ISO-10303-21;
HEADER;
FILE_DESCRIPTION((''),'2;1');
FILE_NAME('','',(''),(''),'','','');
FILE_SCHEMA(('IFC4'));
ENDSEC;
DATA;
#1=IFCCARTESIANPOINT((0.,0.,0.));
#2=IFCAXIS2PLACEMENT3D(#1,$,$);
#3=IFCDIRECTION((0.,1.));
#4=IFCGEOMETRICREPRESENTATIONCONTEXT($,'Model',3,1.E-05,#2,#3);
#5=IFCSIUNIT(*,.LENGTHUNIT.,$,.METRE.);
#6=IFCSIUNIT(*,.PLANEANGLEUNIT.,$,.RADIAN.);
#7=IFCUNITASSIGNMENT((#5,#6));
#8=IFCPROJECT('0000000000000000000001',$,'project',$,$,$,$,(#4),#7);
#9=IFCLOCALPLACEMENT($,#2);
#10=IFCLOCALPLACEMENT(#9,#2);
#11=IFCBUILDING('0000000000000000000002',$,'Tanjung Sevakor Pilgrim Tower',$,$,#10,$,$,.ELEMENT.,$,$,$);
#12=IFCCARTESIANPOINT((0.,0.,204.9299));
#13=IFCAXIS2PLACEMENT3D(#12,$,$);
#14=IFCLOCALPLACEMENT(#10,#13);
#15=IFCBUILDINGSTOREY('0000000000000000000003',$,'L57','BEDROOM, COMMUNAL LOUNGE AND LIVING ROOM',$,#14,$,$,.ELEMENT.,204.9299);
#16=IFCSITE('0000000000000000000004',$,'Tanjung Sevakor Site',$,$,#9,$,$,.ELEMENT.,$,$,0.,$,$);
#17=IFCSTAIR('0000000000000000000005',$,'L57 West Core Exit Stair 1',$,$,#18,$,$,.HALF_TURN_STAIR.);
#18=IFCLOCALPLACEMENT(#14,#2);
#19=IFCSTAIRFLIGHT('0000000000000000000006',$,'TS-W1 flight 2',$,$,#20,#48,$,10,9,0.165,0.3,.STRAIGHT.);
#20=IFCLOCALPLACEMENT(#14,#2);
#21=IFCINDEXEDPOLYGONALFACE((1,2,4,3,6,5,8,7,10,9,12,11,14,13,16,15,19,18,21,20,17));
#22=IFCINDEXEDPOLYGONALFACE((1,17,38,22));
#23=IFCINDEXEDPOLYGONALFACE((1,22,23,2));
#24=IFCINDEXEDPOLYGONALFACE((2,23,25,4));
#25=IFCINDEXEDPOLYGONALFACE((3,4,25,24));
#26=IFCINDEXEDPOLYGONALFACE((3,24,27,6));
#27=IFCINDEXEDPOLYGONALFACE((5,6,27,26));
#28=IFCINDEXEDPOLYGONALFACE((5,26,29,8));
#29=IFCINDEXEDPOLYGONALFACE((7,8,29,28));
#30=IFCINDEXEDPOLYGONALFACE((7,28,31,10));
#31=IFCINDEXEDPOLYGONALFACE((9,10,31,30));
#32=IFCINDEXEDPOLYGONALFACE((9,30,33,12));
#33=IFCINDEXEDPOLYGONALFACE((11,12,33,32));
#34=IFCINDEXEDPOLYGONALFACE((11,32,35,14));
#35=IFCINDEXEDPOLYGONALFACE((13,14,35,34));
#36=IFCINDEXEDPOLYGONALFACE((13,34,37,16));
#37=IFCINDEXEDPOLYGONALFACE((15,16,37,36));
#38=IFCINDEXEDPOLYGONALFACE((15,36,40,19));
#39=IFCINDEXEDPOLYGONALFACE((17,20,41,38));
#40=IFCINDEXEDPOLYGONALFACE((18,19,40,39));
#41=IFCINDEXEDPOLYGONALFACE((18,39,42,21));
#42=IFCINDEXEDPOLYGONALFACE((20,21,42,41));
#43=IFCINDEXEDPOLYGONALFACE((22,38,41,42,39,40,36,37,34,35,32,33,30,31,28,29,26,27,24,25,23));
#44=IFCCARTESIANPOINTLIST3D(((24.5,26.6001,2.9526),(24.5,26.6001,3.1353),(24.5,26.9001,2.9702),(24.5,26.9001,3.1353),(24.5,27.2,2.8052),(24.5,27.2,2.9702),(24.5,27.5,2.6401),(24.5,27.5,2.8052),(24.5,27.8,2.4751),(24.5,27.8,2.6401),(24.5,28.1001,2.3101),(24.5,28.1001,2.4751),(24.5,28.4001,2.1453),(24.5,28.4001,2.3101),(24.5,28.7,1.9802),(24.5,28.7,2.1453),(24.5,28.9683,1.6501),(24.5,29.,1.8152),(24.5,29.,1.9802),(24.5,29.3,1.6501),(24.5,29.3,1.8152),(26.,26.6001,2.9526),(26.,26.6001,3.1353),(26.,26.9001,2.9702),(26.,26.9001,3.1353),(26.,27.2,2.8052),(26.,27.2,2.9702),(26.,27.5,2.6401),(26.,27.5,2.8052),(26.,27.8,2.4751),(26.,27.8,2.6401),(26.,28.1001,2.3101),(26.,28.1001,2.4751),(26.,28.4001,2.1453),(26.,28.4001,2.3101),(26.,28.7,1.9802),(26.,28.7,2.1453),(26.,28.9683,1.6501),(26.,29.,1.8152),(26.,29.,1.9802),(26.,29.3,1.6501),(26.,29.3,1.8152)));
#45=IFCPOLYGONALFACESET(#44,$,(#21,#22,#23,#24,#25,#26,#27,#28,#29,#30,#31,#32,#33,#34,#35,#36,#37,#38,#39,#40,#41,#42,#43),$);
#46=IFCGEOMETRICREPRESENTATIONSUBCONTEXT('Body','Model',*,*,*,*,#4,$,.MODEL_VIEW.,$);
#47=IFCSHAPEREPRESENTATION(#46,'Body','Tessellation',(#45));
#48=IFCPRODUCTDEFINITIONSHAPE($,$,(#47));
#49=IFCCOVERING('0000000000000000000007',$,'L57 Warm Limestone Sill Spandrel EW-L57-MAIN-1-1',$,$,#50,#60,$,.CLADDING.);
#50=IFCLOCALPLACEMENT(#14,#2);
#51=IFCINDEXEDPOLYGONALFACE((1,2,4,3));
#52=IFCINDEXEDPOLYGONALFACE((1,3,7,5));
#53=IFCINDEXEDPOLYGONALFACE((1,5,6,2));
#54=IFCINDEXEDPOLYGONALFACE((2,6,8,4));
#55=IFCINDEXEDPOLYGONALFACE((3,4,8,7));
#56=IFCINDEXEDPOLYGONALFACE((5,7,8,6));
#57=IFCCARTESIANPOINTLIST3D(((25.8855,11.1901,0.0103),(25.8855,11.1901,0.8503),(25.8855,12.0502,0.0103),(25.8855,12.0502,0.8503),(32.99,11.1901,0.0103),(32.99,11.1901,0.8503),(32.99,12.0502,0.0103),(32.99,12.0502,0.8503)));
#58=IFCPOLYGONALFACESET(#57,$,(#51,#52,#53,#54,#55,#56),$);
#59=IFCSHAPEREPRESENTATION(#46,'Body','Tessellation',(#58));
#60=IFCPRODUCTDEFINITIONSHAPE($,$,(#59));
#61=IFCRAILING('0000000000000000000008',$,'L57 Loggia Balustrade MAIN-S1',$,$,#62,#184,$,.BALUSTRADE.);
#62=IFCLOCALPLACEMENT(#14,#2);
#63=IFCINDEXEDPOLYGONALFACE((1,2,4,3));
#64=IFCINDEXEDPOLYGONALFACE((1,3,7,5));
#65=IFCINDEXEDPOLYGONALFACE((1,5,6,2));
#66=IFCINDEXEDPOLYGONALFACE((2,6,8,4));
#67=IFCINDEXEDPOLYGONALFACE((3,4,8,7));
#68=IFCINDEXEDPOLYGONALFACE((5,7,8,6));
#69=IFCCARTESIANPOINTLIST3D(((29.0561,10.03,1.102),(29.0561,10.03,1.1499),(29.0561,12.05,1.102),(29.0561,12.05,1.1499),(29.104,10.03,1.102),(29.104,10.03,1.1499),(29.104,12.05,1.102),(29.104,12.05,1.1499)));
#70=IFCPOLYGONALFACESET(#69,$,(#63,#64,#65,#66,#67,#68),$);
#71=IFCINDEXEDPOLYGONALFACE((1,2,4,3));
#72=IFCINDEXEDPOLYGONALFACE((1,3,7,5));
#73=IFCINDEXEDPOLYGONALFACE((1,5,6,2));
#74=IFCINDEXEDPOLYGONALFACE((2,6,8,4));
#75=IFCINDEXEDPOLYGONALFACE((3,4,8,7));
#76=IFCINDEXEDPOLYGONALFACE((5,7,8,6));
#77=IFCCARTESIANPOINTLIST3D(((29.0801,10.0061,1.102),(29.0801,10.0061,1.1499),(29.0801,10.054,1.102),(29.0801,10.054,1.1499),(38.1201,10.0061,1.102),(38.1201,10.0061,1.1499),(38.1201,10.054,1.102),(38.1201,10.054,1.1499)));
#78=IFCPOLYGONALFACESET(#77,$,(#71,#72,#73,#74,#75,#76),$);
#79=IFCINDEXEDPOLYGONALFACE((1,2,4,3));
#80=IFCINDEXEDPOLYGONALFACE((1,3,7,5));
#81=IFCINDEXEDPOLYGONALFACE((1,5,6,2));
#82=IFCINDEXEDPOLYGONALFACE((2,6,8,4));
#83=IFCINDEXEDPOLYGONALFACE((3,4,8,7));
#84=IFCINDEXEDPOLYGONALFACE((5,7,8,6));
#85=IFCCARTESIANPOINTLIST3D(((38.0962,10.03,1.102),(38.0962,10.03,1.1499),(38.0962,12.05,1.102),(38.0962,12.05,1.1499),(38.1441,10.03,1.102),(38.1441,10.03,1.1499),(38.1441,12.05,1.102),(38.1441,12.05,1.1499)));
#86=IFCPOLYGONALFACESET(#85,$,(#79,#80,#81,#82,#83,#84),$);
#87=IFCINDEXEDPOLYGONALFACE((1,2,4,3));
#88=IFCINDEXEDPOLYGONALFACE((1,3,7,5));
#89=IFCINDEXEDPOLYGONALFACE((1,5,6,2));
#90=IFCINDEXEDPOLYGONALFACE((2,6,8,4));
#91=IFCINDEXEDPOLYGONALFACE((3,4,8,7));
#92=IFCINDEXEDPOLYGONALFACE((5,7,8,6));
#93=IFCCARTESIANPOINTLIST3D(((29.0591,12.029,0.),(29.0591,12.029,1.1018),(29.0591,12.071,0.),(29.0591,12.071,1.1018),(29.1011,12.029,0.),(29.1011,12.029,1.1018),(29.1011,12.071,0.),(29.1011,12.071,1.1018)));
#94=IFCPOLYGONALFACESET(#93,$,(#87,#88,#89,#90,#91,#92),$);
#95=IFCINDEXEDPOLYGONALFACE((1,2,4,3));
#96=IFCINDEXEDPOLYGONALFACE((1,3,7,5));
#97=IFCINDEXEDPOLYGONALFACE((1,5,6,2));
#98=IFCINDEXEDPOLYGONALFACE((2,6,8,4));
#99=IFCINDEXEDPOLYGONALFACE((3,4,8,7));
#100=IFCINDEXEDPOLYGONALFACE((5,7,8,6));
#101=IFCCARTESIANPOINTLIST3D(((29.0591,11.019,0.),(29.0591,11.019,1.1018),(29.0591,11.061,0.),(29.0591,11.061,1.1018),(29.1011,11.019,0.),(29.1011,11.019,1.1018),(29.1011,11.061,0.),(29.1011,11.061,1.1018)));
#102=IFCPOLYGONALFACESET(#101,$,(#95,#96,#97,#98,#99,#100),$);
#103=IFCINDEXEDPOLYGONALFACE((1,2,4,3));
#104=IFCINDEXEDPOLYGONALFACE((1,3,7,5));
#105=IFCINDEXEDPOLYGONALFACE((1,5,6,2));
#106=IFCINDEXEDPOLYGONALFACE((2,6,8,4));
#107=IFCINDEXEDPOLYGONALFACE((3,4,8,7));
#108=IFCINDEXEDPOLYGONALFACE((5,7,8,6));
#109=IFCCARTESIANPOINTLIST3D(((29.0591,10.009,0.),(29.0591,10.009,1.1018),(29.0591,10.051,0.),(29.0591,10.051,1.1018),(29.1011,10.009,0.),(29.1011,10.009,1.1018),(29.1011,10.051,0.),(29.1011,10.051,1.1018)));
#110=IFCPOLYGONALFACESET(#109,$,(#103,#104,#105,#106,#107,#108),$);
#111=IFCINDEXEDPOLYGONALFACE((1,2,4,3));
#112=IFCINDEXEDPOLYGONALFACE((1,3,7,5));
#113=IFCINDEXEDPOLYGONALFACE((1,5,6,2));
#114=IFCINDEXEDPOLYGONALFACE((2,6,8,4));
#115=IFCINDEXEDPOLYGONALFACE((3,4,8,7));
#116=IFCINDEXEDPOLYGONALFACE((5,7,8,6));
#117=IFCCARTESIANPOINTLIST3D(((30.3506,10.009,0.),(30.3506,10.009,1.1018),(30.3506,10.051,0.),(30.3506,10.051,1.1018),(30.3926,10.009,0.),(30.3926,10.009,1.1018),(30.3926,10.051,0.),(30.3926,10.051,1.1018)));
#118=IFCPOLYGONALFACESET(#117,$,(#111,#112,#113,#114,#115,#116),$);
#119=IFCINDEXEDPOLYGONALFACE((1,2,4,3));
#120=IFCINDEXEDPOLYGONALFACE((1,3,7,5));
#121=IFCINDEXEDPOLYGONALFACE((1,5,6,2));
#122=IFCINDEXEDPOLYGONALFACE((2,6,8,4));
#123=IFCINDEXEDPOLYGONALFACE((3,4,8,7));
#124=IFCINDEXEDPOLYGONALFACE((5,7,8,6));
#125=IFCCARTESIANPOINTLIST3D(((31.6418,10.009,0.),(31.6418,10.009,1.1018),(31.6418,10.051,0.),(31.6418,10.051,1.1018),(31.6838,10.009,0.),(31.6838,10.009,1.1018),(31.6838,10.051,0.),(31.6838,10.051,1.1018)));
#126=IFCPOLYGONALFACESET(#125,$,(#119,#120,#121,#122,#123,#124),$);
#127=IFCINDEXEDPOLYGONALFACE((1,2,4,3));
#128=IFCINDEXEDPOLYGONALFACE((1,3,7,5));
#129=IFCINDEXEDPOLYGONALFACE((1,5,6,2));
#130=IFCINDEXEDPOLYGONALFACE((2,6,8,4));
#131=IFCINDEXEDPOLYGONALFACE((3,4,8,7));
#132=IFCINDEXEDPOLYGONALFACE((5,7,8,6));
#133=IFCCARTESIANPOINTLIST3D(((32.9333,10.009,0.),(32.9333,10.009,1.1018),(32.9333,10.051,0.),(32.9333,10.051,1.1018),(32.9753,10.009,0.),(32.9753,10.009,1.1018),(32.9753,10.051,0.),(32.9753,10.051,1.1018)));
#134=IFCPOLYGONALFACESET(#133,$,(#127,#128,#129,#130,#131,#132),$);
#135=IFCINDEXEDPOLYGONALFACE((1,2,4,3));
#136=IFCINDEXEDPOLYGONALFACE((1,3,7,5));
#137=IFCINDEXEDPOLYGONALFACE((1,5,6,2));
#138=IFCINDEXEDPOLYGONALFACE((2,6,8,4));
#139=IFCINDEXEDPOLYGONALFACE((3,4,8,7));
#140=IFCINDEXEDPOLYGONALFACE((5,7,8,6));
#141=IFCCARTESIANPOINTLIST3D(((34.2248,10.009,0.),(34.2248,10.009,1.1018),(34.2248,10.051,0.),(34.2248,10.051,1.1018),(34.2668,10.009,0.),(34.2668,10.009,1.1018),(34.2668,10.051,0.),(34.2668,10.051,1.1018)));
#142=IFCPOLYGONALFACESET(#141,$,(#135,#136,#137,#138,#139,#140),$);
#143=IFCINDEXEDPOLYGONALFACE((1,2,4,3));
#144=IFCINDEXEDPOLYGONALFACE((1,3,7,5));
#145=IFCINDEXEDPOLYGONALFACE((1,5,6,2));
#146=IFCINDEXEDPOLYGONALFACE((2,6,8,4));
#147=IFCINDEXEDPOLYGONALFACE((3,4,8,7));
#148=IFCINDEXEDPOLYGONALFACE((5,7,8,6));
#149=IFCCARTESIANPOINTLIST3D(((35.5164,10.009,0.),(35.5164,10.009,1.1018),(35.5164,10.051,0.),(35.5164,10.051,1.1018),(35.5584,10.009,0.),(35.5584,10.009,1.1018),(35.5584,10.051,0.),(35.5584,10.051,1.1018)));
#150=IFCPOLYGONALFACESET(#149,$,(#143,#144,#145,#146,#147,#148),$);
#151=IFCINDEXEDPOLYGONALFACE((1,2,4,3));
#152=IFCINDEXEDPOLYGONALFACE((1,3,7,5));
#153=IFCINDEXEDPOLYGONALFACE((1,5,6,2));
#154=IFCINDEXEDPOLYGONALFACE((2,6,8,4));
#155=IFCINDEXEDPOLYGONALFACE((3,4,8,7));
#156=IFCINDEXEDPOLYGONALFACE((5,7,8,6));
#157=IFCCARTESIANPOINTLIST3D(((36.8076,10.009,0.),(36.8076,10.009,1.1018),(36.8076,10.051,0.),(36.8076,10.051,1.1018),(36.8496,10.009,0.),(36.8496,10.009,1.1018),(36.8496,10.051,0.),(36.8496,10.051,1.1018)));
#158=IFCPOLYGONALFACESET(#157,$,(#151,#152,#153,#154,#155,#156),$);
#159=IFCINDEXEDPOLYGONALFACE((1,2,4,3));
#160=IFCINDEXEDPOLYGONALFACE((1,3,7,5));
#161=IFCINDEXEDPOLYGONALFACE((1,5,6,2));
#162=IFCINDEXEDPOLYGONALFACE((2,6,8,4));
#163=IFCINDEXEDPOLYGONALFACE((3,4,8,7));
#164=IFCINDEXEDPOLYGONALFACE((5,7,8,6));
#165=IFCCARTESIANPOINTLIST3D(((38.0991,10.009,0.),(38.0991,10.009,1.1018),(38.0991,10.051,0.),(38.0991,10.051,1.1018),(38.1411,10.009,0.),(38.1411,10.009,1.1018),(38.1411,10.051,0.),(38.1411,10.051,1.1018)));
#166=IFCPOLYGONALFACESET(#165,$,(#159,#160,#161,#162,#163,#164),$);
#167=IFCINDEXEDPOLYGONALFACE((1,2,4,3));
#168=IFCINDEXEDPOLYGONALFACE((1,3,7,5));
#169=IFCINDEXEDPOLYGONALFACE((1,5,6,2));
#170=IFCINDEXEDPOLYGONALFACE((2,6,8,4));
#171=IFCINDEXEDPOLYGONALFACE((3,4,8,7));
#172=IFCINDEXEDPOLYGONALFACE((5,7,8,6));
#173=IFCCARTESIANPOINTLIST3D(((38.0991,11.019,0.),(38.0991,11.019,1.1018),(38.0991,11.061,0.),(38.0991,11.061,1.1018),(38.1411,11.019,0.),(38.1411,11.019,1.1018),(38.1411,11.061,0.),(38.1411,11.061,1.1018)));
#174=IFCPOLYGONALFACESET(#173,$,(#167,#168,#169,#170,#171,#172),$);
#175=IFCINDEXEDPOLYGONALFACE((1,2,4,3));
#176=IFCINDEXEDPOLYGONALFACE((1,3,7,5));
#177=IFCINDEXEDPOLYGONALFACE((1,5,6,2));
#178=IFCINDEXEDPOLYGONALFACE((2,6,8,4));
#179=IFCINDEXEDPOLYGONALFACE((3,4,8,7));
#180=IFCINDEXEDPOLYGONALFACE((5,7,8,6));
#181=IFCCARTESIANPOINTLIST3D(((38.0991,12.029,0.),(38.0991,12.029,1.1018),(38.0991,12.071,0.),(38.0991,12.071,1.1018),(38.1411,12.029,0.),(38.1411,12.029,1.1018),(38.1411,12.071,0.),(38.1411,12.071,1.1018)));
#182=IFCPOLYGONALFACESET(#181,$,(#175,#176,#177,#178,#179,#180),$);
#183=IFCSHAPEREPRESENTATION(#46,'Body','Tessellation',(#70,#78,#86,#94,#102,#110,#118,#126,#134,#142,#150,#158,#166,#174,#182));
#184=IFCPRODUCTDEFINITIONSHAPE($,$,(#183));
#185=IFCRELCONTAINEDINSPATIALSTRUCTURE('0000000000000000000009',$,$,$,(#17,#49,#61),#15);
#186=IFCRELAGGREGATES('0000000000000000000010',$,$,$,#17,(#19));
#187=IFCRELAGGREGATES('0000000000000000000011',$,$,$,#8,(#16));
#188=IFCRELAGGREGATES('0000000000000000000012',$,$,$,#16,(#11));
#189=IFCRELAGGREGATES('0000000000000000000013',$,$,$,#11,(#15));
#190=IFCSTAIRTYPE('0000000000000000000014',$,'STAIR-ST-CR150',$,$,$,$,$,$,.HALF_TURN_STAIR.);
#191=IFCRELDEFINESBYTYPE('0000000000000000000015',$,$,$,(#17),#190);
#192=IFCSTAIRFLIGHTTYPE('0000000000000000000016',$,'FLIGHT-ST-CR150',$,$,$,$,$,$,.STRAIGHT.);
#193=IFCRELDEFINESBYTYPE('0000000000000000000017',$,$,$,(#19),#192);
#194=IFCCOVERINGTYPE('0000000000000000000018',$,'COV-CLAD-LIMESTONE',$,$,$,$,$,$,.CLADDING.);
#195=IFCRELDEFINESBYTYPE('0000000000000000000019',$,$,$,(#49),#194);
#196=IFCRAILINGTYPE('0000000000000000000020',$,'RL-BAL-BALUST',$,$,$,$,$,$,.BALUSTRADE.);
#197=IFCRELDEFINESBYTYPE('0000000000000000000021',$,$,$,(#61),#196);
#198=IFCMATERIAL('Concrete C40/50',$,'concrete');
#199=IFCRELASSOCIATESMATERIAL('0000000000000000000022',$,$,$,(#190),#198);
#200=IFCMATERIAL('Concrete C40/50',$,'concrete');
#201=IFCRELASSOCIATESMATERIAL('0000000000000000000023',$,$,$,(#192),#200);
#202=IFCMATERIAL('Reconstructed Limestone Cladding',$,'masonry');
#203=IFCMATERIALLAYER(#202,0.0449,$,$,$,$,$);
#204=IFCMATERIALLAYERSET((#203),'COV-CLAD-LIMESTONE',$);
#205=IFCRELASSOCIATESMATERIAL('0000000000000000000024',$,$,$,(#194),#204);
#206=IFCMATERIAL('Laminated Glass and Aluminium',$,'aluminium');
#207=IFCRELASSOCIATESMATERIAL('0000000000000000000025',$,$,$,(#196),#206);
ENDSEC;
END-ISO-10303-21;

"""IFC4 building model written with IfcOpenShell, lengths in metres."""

from ifc_helpers import new_model, si_unit, direction, frame, origin, origin_2d, place, context, subcontext, project, spatial, polyline, rectangle, outline, extrude, material, layer, layer_set, type_object, element, aggregate, save


model = new_model("IFC4")

# Units and contexts
model_context = context("Model", 3, precision=1e-05, world=origin(), true_north=direction((0.0, 1.0)))
body_context = subcontext(model_context, "Body", "Model", "MODEL_VIEW")
ifc_project = project(units=[si_unit("LENGTHUNIT", "METRE"), si_unit("PLANEANGLEUNIT", "RADIAN")], contexts=[model_context])

# Site, building, storey
site_placement = place(None, origin())
site = spatial("IfcSite", under=ifc_project, at=site_placement, Name="Tanjung Sevakor Site", CompositionType="ELEMENT", RefElevation=0.0)
building_placement = place(site_placement, origin())
building = spatial("IfcBuilding", under=site, at=building_placement, Name="Tanjung Sevakor Pilgrim Tower", CompositionType="ELEMENT")
storey_placement = place(building_placement, frame((0.0, 0.0, 204.9299)))
storey = spatial("IfcBuildingStorey", under=building, at=storey_placement, Name="L57", Description="BEDROOM, COMMUNAL LOUNGE AND LIVING ROOM", CompositionType="ELEMENT", Elevation=204.9299)

# Stair, stair flight
ifc_material_1 = material(Name="Concrete C40/50", Category="concrete")
stair_type = type_object("IfcStairType", Name="STAIR-ST-CR150", PredefinedType="HALF_TURN_STAIR", material=ifc_material_1)
stair_placement = place(storey_placement, origin())
stair = element("IfcStair", 1, at=stair_placement, inside=storey, type_object=stair_type, Name="L57 West Core Exit Stair 1", PredefinedType="HALF_TURN_STAIR")
ifc_material_2 = material(Name="Concrete C40/50", Category="concrete")
stair_flight_type = type_object("IfcStairFlightType", Name="FLIGHT-ST-CR150", PredefinedType="STRAIGHT", material=ifc_material_2)
stair_flight_1_placement = place(storey_placement, frame((25.25, 29.3, 1.6501), z_axis=(0.0, 0.0, 1.0), x_axis=(0.0, -1.0, 0.0)))
stair_flight_1 = element("IfcStairFlight", 2, at=stair_flight_1_placement, type_object=stair_flight_type, Name="TS-W1 flight 2", NumberOfRisers=10, NumberOfTreads=9, PredefinedType="STRAIGHT", RiserHeight=0.165, TreadLength=0.3, context=body_context, shape_type="SweptSolid", body=[
    extrude(outline(polyline([(0.0, 0.0), (0.0, 0.165), (0.3, 0.165), (0.3, 0.3301), (0.6001, 0.3301), (0.6001, 0.4951), (0.8999, 0.4951), (0.8999, 0.6599), (1.2, 0.6599), (1.2, 0.825), (1.5, 0.825), (1.5, 0.99), (1.8, 0.99), (1.8, 1.155), (2.1001, 1.155), (2.1001, 1.3201), (2.3999, 1.3201), (2.3999, 1.4851), (2.7, 1.4851), (2.7, 1.6499), (2.7, 1.3025), (0.3318, 0.0), (0.0, 0.0)])), frame((0.0, 0.75, 0.0), z_axis=(0.0, -1.0, 0.0), x_axis=(1.0, 0.0, 0.0)), (0.0, 0.0, 1.0), 1.5),
])
aggregate(stair, [stair_flight_1])

# Covering
ifc_material_3 = material(Name="Reconstructed Limestone Cladding", Category="masonry")
ifc_layer_1 = layer(ifc_material_3, 0.0449)
ifc_layer_set_1 = layer_set([ifc_layer_1], Name="COV-CLAD-LIMESTONE")
covering_type = type_object("IfcCoveringType", Name="COV-CLAD-LIMESTONE", PredefinedType="CLADDING", material=ifc_layer_set_1)
covering_placement = place(storey_placement, frame((29.4377, 11.6201, 0.0103), z_axis=(0.0, 0.0, 1.0), x_axis=(1.0, 0.0, 0.0)))
element("IfcCovering", 3, at=covering_placement, inside=storey, type_object=covering_type, Name="L57 Warm Limestone Sill Spandrel EW-L57-MAIN-1-1", PredefinedType="CLADDING", context=body_context, shape_type="SweptSolid", body=[
    extrude(rectangle(XDim=7.1045, YDim=0.8601, at=origin_2d()), origin(), (0.0, 0.0, 1.0), 0.8401),
])

# Railing
ifc_material_4 = material(Name="Laminated Glass and Aluminium", Category="aluminium")
railing_type_1 = type_object("IfcRailingType", Name="RL-BAL-BALUST", PredefinedType="BALUSTRADE", material=ifc_material_4)
railing_1_placement = place(storey_placement, frame((29.0801, 12.05, 0.0)))
element("IfcRailing", 4, at=railing_1_placement, inside=storey, type_object=railing_type_1, Name="L57 Loggia Balustrade MAIN-S1", PredefinedType="BALUSTRADE", context=body_context, shape_type="SweptSolid", body=[
    extrude(rectangle(XDim=0.0479, YDim=0.0479), frame((0.0, 0.0, 1.126), z_axis=(0.0, -1.0, 0.0), x_axis=(1.0, 0.0, 0.0)), (0.0, 0.0, 1.0), 2.02),
    extrude(rectangle(XDim=0.0479, YDim=0.0479), frame((0.0, -2.02, 1.126), z_axis=(1.0, 0.0, 0.0), x_axis=(0.0, 1.0, 0.0)), (0.0, 0.0, 1.0), 9.04),
    extrude(rectangle(XDim=0.0479, YDim=0.0479), frame((9.04, -2.02, 1.126), z_axis=(0.0, 1.0, 0.0), x_axis=(-1.0, 0.0, 0.0)), (0.0, 0.0, 1.0), 2.02),
    extrude(rectangle(XDim=0.042, YDim=0.042), origin(), (0.0, 0.0, 1.0), 1.1018),
    extrude(rectangle(XDim=0.042, YDim=0.042), frame((0.0, -1.01, 0.0)), (0.0, 0.0, 1.0), 1.1018),
    extrude(rectangle(XDim=0.042, YDim=0.042), frame((0.0, -2.02, 0.0)), (0.0, 0.0, 1.0), 1.1018),
    extrude(rectangle(XDim=0.042, YDim=0.042), frame((1.2915, -2.02, 0.0)), (0.0, 0.0, 1.0), 1.1018),
    extrude(rectangle(XDim=0.042, YDim=0.042), frame((2.5828, -2.02, 0.0)), (0.0, 0.0, 1.0), 1.1018),
    extrude(rectangle(XDim=0.042, YDim=0.042), frame((3.8743, -2.02, 0.0)), (0.0, 0.0, 1.0), 1.1018),
    extrude(rectangle(XDim=0.042, YDim=0.042), frame((5.1658, -2.02, 0.0)), (0.0, 0.0, 1.0), 1.1018),
    extrude(rectangle(XDim=0.042, YDim=0.042), frame((6.4573, -2.02, 0.0)), (0.0, 0.0, 1.0), 1.1018),
    extrude(rectangle(XDim=0.042, YDim=0.042), frame((7.7485, -2.02, 0.0)), (0.0, 0.0, 1.0), 1.1018),
    extrude(rectangle(XDim=0.042, YDim=0.042), frame((9.04, -2.02, 0.0)), (0.0, 0.0, 1.0), 1.1018),
    extrude(rectangle(XDim=0.042, YDim=0.042), frame((9.04, -1.01, 0.0)), (0.0, 0.0, 1.0), 1.1018),
    extrude(rectangle(XDim=0.042, YDim=0.042), frame((9.04, 0.0, 0.0)), (0.0, 0.0, 1.0), 1.1018),
])

save(model, "model.ifc")
